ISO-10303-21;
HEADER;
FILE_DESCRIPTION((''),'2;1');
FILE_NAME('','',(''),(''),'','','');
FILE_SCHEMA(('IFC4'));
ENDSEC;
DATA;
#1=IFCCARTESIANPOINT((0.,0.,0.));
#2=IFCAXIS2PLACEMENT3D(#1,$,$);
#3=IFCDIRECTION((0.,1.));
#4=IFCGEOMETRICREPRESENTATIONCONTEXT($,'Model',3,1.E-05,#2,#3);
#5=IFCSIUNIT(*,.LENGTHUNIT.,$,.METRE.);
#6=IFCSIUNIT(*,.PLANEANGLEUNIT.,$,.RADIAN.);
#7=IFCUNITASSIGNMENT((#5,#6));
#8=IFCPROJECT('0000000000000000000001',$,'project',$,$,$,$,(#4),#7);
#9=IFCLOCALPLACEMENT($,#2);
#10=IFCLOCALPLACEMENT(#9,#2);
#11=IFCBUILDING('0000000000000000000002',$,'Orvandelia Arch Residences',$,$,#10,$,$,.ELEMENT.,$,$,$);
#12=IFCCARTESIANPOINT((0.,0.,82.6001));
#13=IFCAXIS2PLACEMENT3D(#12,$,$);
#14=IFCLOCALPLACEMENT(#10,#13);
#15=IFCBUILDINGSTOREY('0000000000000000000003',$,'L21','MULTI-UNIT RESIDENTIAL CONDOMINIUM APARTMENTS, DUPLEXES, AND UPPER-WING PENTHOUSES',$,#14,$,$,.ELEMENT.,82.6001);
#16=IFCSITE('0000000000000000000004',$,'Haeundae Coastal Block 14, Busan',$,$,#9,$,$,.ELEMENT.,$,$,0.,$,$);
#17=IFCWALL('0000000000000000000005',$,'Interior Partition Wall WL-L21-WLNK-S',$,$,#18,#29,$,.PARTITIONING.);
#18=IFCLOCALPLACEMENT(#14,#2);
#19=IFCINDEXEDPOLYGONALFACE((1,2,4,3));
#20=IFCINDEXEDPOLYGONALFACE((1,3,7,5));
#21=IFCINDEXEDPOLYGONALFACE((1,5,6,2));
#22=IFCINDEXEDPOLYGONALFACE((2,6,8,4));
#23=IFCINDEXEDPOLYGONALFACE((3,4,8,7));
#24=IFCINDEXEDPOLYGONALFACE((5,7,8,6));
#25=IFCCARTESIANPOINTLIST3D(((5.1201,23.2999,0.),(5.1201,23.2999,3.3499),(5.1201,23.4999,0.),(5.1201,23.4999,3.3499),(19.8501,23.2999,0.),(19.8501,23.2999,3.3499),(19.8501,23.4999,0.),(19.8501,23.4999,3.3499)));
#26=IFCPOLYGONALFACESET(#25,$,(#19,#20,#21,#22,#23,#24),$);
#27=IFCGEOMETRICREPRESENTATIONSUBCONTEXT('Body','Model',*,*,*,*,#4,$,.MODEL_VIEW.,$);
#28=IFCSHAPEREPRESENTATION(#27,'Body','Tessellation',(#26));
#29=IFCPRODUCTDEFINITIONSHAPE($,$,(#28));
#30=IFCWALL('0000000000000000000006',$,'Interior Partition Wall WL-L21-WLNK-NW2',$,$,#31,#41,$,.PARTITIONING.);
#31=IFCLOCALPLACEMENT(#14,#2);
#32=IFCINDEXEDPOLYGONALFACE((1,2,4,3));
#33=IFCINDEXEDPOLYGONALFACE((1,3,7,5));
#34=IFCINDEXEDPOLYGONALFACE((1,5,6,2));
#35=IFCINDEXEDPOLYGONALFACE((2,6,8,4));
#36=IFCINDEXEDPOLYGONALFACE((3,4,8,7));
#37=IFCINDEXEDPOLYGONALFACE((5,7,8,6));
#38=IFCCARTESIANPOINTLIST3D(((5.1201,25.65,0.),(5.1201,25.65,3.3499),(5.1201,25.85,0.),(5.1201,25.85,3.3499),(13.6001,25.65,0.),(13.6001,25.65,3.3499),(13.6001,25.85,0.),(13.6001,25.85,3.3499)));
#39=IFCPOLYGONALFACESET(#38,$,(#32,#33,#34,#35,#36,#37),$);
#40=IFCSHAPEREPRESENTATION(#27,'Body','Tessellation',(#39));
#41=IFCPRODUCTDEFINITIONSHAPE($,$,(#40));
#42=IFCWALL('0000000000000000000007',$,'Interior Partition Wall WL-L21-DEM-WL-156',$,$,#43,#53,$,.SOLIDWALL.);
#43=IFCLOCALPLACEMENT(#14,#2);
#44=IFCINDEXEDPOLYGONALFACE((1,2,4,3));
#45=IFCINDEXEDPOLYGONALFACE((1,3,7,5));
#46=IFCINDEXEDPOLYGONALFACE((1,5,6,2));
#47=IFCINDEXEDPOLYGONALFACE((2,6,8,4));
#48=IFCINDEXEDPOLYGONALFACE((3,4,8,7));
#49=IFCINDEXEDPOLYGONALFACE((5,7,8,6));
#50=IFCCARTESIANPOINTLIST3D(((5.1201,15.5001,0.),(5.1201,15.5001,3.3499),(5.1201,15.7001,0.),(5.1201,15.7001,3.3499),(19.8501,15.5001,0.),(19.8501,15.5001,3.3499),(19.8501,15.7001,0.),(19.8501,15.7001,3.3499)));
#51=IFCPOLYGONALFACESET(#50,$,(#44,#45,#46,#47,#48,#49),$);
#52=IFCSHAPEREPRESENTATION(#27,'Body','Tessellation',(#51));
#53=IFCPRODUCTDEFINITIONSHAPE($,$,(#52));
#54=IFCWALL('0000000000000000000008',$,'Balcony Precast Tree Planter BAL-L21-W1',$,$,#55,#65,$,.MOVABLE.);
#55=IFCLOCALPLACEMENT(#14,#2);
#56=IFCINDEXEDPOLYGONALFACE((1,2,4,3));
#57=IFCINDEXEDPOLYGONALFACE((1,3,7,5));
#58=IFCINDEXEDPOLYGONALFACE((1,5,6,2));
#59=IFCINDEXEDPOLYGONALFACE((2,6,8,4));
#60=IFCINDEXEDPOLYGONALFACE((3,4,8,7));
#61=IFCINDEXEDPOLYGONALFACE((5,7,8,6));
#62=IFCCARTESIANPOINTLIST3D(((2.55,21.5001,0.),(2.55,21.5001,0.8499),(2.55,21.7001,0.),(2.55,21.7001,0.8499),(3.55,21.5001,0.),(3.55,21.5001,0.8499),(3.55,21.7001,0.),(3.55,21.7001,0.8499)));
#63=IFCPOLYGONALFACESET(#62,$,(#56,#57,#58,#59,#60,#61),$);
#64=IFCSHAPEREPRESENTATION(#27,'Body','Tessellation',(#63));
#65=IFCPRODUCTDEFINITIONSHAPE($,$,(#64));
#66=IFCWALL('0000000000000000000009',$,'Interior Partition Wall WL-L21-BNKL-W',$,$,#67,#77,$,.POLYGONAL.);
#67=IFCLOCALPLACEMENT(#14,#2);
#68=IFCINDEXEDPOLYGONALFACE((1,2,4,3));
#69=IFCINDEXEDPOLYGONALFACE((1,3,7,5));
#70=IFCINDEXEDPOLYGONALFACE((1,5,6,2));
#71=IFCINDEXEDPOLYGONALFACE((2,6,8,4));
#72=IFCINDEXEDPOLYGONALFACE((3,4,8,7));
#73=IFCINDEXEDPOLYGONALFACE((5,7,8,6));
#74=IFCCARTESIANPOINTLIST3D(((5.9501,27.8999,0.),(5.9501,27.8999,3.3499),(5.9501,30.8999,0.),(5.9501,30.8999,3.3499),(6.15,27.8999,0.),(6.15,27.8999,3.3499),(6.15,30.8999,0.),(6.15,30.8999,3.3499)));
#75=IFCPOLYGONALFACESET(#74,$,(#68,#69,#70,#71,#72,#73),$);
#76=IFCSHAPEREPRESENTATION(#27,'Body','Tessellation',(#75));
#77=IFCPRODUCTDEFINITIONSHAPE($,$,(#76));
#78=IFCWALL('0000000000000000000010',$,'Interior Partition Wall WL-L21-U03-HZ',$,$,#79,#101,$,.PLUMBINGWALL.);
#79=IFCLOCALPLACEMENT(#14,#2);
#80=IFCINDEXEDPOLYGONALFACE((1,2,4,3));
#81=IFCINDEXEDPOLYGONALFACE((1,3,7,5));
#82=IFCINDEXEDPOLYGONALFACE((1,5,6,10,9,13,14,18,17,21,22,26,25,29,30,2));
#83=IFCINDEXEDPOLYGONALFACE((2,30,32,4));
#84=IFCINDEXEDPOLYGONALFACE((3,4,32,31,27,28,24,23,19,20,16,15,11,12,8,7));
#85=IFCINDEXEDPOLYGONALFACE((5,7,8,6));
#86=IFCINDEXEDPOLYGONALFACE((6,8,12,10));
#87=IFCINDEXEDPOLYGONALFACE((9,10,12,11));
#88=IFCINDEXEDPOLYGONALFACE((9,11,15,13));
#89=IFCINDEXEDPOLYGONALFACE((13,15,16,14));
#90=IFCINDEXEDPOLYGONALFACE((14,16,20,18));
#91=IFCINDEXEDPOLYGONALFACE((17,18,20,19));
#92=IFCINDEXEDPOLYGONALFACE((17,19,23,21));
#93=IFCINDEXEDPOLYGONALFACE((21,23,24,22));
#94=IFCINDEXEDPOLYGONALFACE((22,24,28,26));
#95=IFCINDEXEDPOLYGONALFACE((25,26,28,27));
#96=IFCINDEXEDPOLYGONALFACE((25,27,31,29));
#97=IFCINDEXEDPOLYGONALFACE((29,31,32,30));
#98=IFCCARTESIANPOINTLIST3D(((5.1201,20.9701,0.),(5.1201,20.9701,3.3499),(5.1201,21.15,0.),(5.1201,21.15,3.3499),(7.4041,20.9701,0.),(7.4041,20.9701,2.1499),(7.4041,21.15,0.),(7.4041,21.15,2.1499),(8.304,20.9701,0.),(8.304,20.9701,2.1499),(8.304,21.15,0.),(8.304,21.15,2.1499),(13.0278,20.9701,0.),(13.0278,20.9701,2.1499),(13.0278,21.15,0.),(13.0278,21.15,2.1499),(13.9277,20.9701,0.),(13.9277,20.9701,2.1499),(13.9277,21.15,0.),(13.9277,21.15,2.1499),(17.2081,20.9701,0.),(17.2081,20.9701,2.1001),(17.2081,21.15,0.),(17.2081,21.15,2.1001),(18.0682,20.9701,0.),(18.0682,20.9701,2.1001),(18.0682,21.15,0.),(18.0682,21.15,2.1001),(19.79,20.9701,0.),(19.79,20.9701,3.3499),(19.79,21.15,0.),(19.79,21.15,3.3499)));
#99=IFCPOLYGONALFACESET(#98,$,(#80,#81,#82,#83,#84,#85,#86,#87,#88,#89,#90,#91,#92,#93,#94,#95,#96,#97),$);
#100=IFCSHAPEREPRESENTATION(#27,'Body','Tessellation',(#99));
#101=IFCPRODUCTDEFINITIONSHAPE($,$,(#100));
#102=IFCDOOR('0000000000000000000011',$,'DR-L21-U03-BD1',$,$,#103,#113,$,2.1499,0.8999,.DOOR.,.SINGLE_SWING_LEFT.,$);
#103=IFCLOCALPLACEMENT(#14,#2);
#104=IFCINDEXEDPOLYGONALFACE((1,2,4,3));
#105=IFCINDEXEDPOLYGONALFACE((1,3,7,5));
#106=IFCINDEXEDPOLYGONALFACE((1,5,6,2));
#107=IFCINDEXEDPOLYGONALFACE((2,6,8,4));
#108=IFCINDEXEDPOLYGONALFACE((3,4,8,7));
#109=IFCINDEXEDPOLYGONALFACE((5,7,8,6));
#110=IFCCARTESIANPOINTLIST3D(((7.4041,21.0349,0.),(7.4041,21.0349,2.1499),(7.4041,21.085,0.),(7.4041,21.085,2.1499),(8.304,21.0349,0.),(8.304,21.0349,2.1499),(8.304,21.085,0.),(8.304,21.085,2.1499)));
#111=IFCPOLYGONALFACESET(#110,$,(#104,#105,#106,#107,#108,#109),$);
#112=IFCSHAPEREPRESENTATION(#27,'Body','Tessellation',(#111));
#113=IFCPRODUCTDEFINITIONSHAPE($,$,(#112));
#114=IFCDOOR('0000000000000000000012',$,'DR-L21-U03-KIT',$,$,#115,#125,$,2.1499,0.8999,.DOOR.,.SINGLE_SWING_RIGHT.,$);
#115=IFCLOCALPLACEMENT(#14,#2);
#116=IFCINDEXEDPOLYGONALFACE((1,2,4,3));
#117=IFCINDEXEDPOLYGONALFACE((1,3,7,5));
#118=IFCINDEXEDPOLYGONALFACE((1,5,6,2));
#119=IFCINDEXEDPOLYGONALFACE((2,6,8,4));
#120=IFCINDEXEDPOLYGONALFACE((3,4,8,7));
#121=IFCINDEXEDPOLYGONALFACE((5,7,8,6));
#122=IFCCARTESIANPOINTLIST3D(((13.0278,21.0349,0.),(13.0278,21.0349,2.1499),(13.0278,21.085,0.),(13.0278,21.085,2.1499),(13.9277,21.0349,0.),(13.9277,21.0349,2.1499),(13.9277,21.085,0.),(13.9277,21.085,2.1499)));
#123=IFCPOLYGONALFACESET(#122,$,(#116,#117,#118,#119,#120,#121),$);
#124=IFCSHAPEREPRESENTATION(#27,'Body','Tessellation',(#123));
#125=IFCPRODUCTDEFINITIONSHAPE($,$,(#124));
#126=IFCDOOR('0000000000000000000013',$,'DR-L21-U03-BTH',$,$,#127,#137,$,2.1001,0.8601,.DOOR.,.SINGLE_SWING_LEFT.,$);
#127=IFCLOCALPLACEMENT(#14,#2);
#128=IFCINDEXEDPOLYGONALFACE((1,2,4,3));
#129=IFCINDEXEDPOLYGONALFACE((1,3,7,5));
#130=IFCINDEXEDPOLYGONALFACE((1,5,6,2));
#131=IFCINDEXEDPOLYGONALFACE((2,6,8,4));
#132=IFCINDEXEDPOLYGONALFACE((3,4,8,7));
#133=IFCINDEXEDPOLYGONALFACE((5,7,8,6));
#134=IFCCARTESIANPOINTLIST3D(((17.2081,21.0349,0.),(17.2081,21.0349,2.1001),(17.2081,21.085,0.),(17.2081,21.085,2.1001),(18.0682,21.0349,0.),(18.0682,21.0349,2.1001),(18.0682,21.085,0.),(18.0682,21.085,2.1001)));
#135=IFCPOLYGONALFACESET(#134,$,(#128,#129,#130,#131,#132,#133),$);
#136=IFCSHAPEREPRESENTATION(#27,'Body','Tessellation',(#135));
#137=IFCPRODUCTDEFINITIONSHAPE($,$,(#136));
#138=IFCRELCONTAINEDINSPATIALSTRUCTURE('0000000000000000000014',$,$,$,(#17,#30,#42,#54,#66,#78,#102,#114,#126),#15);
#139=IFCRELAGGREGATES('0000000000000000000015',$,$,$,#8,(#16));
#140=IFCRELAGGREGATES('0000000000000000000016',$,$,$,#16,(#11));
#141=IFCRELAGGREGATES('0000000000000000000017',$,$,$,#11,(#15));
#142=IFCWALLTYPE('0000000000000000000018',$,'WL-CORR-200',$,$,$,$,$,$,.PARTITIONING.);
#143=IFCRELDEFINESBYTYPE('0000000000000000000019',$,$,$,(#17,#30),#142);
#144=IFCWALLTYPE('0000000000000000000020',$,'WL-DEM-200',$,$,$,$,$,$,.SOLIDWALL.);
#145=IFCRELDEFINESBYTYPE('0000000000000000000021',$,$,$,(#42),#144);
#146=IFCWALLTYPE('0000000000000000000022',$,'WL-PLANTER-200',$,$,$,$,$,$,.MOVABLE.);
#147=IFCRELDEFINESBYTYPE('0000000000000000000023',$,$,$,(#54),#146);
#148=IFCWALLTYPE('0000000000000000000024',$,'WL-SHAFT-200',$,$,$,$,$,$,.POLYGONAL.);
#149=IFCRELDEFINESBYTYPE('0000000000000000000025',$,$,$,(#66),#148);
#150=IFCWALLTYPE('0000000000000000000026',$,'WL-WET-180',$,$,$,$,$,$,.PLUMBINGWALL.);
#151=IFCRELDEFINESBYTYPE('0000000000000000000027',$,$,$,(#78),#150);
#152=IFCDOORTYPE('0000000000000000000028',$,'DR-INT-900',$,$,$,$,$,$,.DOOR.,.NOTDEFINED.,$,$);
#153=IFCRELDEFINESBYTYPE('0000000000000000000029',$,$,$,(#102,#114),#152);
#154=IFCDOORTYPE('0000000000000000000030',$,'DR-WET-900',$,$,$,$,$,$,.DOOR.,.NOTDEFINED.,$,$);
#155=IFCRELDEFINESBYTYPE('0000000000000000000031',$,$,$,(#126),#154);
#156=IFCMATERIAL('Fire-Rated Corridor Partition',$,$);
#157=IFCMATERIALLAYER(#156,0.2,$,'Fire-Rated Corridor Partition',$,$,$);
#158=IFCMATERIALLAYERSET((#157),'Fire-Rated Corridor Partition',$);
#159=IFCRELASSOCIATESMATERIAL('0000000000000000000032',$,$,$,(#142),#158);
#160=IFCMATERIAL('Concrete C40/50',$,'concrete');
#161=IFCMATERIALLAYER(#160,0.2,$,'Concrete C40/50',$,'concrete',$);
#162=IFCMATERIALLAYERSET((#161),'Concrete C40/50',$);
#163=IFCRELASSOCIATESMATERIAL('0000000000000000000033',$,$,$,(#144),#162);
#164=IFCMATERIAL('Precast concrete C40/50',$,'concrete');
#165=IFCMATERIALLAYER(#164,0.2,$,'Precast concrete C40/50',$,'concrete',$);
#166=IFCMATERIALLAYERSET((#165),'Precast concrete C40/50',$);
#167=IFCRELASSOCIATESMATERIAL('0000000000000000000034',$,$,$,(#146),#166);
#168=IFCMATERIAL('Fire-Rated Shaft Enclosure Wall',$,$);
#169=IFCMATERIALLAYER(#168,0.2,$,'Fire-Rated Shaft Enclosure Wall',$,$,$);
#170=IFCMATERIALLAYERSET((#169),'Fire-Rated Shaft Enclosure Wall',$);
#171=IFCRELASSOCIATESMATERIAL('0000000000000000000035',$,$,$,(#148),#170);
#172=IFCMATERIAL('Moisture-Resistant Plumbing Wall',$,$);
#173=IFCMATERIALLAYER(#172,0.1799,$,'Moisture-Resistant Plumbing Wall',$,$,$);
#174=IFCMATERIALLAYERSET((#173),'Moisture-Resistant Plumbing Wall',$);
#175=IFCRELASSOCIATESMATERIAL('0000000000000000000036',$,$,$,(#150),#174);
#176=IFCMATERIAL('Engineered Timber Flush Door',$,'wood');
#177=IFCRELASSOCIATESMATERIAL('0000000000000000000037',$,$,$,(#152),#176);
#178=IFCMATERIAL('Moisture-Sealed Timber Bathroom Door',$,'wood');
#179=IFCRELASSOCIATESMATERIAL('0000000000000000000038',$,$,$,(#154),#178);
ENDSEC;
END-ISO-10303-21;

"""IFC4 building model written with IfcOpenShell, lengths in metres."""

from ifc_helpers import new_model, si_unit, direction, frame, frame_2d, origin, place, context, subcontext, project, spatial, rectangle, extrude, material, layer, layer_set, type_object, element, fill, save


model = new_model("IFC4")

# Units and contexts
model_context = context("Model", 3, precision=1e-05, world=origin(), true_north=direction((0.0, 1.0)))
body_context = subcontext(model_context, "Body", "Model", "MODEL_VIEW")
ifc_project = project(units=[si_unit("LENGTHUNIT", "METRE"), si_unit("PLANEANGLEUNIT", "RADIAN")], contexts=[model_context])

# Site, building, storey
site_placement = place(None, origin())
site = spatial("IfcSite", under=ifc_project, at=site_placement, Name="Haeundae Coastal Block 14, Busan", CompositionType="ELEMENT", RefElevation=0.0)
building_placement = place(site_placement, origin())
building = spatial("IfcBuilding", under=site, at=building_placement, Name="Orvandelia Arch Residences", CompositionType="ELEMENT")
storey_placement = place(building_placement, frame((0.0, 0.0, 82.6001)))
storey = spatial("IfcBuildingStorey", under=building, at=storey_placement, Name="L21", Description="MULTI-UNIT RESIDENTIAL CONDOMINIUM APARTMENTS, DUPLEXES, AND UPPER-WING PENTHOUSES", CompositionType="ELEMENT", Elevation=82.6001)

# Walls
ifc_material_1 = material(Name="Fire-Rated Corridor Partition")
ifc_layer_1 = layer(ifc_material_1, 0.2, Name="Fire-Rated Corridor Partition")
ifc_layer_set_1 = layer_set([ifc_layer_1], Name="Fire-Rated Corridor Partition")
wall_type_1 = type_object("IfcWallType", Name="WL-CORR-200", PredefinedType="PARTITIONING", material=ifc_layer_set_1)
wall_1_placement = place(storey_placement, frame((5.1201, 23.3999, 0.0), z_axis=(0.0, 0.0, 1.0), x_axis=(1.0, 0.0, 0.0)))
element("IfcWall", 1, at=wall_1_placement, inside=storey, type_object=wall_type_1, Name="Interior Partition Wall WL-L21-WLNK-S", PredefinedType="PARTITIONING", context=body_context, shape_type="SweptSolid", body=[
    extrude(rectangle(XDim=14.73, YDim=0.2, at=frame_2d((7.365, 0.0))), origin(), (0.0, 0.0, 1.0), 3.3499),
])
wall_2_placement = place(storey_placement, frame((5.1201, 25.75, 0.0), z_axis=(0.0, 0.0, 1.0), x_axis=(1.0, 0.0, 0.0)))
element("IfcWall", 2, at=wall_2_placement, inside=storey, type_object=wall_type_1, Name="Interior Partition Wall WL-L21-WLNK-NW2", PredefinedType="PARTITIONING", context=body_context, shape_type="SweptSolid", body=[
    extrude(rectangle(XDim=8.48, YDim=0.2, at=frame_2d((4.24, 0.0))), origin(), (0.0, 0.0, 1.0), 3.3499),
])
ifc_material_2 = material(Name="Concrete C40/50", Category="concrete")
ifc_layer_2 = layer(ifc_material_2, 0.2, Name="Concrete C40/50", Category="concrete")
ifc_layer_set_2 = layer_set([ifc_layer_2], Name="Concrete C40/50")
wall_type_2 = type_object("IfcWallType", Name="WL-DEM-200", PredefinedType="SOLIDWALL", material=ifc_layer_set_2)
wall_3_placement = place(storey_placement, frame((5.1201, 15.6001, 0.0), z_axis=(0.0, 0.0, 1.0), x_axis=(1.0, 0.0, 0.0)))
element("IfcWall", 3, at=wall_3_placement, inside=storey, type_object=wall_type_2, Name="Interior Partition Wall WL-L21-DEM-WL-156", PredefinedType="SOLIDWALL", context=body_context, shape_type="SweptSolid", body=[
    extrude(rectangle(XDim=14.73, YDim=0.2, at=frame_2d((7.365, 0.0))), origin(), (0.0, 0.0, 1.0), 3.3499),
])
ifc_material_3 = material(Name="Precast concrete C40/50", Category="concrete")
ifc_layer_3 = layer(ifc_material_3, 0.2, Name="Precast concrete C40/50", Category="concrete")
ifc_layer_set_3 = layer_set([ifc_layer_3], Name="Precast concrete C40/50")
wall_type_3 = type_object("IfcWallType", Name="WL-PLANTER-200", PredefinedType="MOVABLE", material=ifc_layer_set_3)
wall_4_placement = place(storey_placement, frame((2.55, 21.6001, 0.0), z_axis=(0.0, 0.0, 1.0), x_axis=(1.0, 0.0, 0.0)))
element("IfcWall", 4, at=wall_4_placement, inside=storey, type_object=wall_type_3, Name="Balcony Precast Tree Planter BAL-L21-W1", PredefinedType="MOVABLE", context=body_context, shape_type="SweptSolid", body=[
    extrude(rectangle(XDim=1.0, YDim=0.2, at=frame_2d((0.5, 0.0))), origin(), (0.0, 0.0, 1.0), 0.8499),
])
ifc_material_4 = material(Name="Fire-Rated Shaft Enclosure Wall")
ifc_layer_4 = layer(ifc_material_4, 0.2, Name="Fire-Rated Shaft Enclosure Wall")
ifc_layer_set_4 = layer_set([ifc_layer_4], Name="Fire-Rated Shaft Enclosure Wall")
wall_type_4 = type_object("IfcWallType", Name="WL-SHAFT-200", PredefinedType="POLYGONAL", material=ifc_layer_set_4)
wall_5_placement = place(storey_placement, frame((6.05, 27.8999, 0.0), z_axis=(0.0, 0.0, 1.0), x_axis=(0.0, 1.0, 0.0)))
element("IfcWall", 5, at=wall_5_placement, inside=storey, type_object=wall_type_4, Name="Interior Partition Wall WL-L21-BNKL-W", PredefinedType="POLYGONAL", context=body_context, shape_type="SweptSolid", body=[
    extrude(rectangle(XDim=3.0, YDim=0.2, at=frame_2d((1.5, 0.0))), origin(), (0.0, 0.0, 1.0), 3.3499),
])

# Wall, openings, doors
ifc_material_5 = material(Name="Moisture-Resistant Plumbing Wall")
ifc_layer_5 = layer(ifc_material_5, 0.1799, Name="Moisture-Resistant Plumbing Wall")
ifc_layer_set_5 = layer_set([ifc_layer_5], Name="Moisture-Resistant Plumbing Wall")
wall_type_5 = type_object("IfcWallType", Name="WL-WET-180", PredefinedType="PLUMBINGWALL", material=ifc_layer_set_5)
wall_6_placement = place(storey_placement, frame((5.1201, 21.0601, 0.0), z_axis=(0.0, 0.0, 1.0), x_axis=(1.0, 0.0, 0.0)))
wall_6 = element("IfcWall", 6, at=wall_6_placement, inside=storey, type_object=wall_type_5, Name="Interior Partition Wall WL-L21-U03-HZ", PredefinedType="PLUMBINGWALL", context=body_context, shape_type="SweptSolid", body=[
    extrude(rectangle(XDim=14.6699, YDim=0.1799, at=frame_2d((7.335, 0.0))), origin(), (0.0, 0.0, 1.0), 3.3499),
])
opening_1_placement = place(wall_6_placement, frame((2.2839, 0.0, 0.0)))
opening_1 = element("IfcOpeningElement", 7, at=opening_1_placement, cuts=wall_6, PredefinedType="OPENING", context=body_context, shape_type="SweptSolid", body=[
    extrude(rectangle(XDim=0.8999, YDim=2.1499, at=frame_2d((0.45, 1.075))), frame((0.0, 0.1001, 0.0), z_axis=(0.0, -1.0, 0.0), x_axis=(1.0, 0.0, 0.0)), (0.0, 0.0, 1.0), 0.2),
])
opening_2_placement = place(wall_6_placement, frame((7.9077, 0.0, 0.0)))
opening_2 = element("IfcOpeningElement", 8, at=opening_2_placement, cuts=wall_6, PredefinedType="OPENING", context=body_context, shape_type="SweptSolid", body=[
    extrude(rectangle(XDim=0.8999, YDim=2.1499, at=frame_2d((0.45, 1.075))), frame((0.0, 0.1001, 0.0), z_axis=(0.0, -1.0, 0.0), x_axis=(1.0, 0.0, 0.0)), (0.0, 0.0, 1.0), 0.2),
])
opening_3_placement = place(wall_6_placement, frame((12.0879, 0.0, 0.0)))
opening_3 = element("IfcOpeningElement", 9, at=opening_3_placement, cuts=wall_6, PredefinedType="OPENING", context=body_context, shape_type="SweptSolid", body=[
    extrude(rectangle(XDim=0.8601, YDim=2.1001, at=frame_2d((0.4302, 1.05))), frame((0.0, 0.1001, 0.0), z_axis=(0.0, -1.0, 0.0), x_axis=(1.0, 0.0, 0.0)), (0.0, 0.0, 1.0), 0.2),
])
ifc_material_6 = material(Name="Engineered Timber Flush Door", Category="wood")
door_type_1 = type_object("IfcDoorType", Name="DR-INT-900", OperationType="NOTDEFINED", PredefinedType="DOOR", material=ifc_material_6)
door_1_placement = place(opening_1_placement, origin())
door_1 = element("IfcDoor", 10, at=door_1_placement, inside=storey, type_object=door_type_1, Name="DR-L21-U03-BD1", OperationType="SINGLE_SWING_LEFT", OverallHeight=2.1499, OverallWidth=0.8999, PredefinedType="DOOR", context=body_context, shape_type="SweptSolid", body=[
    extrude(rectangle(XDim=0.8999, YDim=2.1499, at=frame_2d((0.45, 1.075))), frame((0.0, 0.0249, 0.0), z_axis=(0.0, -1.0, 0.0), x_axis=(1.0, 0.0, 0.0)), (0.0, 0.0, 1.0), 0.05),
])
fill(opening_1, door_1)
door_2_placement = place(opening_2_placement, origin())
door_2 = element("IfcDoor", 11, at=door_2_placement, inside=storey, type_object=door_type_1, Name="DR-L21-U03-KIT", OperationType="SINGLE_SWING_RIGHT", OverallHeight=2.1499, OverallWidth=0.8999, PredefinedType="DOOR", context=body_context, shape_type="SweptSolid", body=[
    extrude(rectangle(XDim=0.8999, YDim=2.1499, at=frame_2d((0.45, 1.075))), frame((0.0, 0.0249, 0.0), z_axis=(0.0, -1.0, 0.0), x_axis=(1.0, 0.0, 0.0)), (0.0, 0.0, 1.0), 0.05),
])
fill(opening_2, door_2)
ifc_material_7 = material(Name="Moisture-Sealed Timber Bathroom Door", Category="wood")
door_type_2 = type_object("IfcDoorType", Name="DR-WET-900", OperationType="NOTDEFINED", PredefinedType="DOOR", material=ifc_material_7)
door_3_placement = place(opening_3_placement, origin())
door_3 = element("IfcDoor", 12, at=door_3_placement, inside=storey, type_object=door_type_2, Name="DR-L21-U03-BTH", OperationType="SINGLE_SWING_LEFT", OverallHeight=2.1001, OverallWidth=0.8601, PredefinedType="DOOR", context=body_context, shape_type="SweptSolid", body=[
    extrude(rectangle(XDim=0.8601, YDim=2.1001, at=frame_2d((0.4302, 1.05))), frame((0.0, 0.0249, 0.0), z_axis=(0.0, -1.0, 0.0), x_axis=(1.0, 0.0, 0.0)), (0.0, 0.0, 1.0), 0.05),
])
fill(opening_3, door_3)

save(model, "model.ifc")
